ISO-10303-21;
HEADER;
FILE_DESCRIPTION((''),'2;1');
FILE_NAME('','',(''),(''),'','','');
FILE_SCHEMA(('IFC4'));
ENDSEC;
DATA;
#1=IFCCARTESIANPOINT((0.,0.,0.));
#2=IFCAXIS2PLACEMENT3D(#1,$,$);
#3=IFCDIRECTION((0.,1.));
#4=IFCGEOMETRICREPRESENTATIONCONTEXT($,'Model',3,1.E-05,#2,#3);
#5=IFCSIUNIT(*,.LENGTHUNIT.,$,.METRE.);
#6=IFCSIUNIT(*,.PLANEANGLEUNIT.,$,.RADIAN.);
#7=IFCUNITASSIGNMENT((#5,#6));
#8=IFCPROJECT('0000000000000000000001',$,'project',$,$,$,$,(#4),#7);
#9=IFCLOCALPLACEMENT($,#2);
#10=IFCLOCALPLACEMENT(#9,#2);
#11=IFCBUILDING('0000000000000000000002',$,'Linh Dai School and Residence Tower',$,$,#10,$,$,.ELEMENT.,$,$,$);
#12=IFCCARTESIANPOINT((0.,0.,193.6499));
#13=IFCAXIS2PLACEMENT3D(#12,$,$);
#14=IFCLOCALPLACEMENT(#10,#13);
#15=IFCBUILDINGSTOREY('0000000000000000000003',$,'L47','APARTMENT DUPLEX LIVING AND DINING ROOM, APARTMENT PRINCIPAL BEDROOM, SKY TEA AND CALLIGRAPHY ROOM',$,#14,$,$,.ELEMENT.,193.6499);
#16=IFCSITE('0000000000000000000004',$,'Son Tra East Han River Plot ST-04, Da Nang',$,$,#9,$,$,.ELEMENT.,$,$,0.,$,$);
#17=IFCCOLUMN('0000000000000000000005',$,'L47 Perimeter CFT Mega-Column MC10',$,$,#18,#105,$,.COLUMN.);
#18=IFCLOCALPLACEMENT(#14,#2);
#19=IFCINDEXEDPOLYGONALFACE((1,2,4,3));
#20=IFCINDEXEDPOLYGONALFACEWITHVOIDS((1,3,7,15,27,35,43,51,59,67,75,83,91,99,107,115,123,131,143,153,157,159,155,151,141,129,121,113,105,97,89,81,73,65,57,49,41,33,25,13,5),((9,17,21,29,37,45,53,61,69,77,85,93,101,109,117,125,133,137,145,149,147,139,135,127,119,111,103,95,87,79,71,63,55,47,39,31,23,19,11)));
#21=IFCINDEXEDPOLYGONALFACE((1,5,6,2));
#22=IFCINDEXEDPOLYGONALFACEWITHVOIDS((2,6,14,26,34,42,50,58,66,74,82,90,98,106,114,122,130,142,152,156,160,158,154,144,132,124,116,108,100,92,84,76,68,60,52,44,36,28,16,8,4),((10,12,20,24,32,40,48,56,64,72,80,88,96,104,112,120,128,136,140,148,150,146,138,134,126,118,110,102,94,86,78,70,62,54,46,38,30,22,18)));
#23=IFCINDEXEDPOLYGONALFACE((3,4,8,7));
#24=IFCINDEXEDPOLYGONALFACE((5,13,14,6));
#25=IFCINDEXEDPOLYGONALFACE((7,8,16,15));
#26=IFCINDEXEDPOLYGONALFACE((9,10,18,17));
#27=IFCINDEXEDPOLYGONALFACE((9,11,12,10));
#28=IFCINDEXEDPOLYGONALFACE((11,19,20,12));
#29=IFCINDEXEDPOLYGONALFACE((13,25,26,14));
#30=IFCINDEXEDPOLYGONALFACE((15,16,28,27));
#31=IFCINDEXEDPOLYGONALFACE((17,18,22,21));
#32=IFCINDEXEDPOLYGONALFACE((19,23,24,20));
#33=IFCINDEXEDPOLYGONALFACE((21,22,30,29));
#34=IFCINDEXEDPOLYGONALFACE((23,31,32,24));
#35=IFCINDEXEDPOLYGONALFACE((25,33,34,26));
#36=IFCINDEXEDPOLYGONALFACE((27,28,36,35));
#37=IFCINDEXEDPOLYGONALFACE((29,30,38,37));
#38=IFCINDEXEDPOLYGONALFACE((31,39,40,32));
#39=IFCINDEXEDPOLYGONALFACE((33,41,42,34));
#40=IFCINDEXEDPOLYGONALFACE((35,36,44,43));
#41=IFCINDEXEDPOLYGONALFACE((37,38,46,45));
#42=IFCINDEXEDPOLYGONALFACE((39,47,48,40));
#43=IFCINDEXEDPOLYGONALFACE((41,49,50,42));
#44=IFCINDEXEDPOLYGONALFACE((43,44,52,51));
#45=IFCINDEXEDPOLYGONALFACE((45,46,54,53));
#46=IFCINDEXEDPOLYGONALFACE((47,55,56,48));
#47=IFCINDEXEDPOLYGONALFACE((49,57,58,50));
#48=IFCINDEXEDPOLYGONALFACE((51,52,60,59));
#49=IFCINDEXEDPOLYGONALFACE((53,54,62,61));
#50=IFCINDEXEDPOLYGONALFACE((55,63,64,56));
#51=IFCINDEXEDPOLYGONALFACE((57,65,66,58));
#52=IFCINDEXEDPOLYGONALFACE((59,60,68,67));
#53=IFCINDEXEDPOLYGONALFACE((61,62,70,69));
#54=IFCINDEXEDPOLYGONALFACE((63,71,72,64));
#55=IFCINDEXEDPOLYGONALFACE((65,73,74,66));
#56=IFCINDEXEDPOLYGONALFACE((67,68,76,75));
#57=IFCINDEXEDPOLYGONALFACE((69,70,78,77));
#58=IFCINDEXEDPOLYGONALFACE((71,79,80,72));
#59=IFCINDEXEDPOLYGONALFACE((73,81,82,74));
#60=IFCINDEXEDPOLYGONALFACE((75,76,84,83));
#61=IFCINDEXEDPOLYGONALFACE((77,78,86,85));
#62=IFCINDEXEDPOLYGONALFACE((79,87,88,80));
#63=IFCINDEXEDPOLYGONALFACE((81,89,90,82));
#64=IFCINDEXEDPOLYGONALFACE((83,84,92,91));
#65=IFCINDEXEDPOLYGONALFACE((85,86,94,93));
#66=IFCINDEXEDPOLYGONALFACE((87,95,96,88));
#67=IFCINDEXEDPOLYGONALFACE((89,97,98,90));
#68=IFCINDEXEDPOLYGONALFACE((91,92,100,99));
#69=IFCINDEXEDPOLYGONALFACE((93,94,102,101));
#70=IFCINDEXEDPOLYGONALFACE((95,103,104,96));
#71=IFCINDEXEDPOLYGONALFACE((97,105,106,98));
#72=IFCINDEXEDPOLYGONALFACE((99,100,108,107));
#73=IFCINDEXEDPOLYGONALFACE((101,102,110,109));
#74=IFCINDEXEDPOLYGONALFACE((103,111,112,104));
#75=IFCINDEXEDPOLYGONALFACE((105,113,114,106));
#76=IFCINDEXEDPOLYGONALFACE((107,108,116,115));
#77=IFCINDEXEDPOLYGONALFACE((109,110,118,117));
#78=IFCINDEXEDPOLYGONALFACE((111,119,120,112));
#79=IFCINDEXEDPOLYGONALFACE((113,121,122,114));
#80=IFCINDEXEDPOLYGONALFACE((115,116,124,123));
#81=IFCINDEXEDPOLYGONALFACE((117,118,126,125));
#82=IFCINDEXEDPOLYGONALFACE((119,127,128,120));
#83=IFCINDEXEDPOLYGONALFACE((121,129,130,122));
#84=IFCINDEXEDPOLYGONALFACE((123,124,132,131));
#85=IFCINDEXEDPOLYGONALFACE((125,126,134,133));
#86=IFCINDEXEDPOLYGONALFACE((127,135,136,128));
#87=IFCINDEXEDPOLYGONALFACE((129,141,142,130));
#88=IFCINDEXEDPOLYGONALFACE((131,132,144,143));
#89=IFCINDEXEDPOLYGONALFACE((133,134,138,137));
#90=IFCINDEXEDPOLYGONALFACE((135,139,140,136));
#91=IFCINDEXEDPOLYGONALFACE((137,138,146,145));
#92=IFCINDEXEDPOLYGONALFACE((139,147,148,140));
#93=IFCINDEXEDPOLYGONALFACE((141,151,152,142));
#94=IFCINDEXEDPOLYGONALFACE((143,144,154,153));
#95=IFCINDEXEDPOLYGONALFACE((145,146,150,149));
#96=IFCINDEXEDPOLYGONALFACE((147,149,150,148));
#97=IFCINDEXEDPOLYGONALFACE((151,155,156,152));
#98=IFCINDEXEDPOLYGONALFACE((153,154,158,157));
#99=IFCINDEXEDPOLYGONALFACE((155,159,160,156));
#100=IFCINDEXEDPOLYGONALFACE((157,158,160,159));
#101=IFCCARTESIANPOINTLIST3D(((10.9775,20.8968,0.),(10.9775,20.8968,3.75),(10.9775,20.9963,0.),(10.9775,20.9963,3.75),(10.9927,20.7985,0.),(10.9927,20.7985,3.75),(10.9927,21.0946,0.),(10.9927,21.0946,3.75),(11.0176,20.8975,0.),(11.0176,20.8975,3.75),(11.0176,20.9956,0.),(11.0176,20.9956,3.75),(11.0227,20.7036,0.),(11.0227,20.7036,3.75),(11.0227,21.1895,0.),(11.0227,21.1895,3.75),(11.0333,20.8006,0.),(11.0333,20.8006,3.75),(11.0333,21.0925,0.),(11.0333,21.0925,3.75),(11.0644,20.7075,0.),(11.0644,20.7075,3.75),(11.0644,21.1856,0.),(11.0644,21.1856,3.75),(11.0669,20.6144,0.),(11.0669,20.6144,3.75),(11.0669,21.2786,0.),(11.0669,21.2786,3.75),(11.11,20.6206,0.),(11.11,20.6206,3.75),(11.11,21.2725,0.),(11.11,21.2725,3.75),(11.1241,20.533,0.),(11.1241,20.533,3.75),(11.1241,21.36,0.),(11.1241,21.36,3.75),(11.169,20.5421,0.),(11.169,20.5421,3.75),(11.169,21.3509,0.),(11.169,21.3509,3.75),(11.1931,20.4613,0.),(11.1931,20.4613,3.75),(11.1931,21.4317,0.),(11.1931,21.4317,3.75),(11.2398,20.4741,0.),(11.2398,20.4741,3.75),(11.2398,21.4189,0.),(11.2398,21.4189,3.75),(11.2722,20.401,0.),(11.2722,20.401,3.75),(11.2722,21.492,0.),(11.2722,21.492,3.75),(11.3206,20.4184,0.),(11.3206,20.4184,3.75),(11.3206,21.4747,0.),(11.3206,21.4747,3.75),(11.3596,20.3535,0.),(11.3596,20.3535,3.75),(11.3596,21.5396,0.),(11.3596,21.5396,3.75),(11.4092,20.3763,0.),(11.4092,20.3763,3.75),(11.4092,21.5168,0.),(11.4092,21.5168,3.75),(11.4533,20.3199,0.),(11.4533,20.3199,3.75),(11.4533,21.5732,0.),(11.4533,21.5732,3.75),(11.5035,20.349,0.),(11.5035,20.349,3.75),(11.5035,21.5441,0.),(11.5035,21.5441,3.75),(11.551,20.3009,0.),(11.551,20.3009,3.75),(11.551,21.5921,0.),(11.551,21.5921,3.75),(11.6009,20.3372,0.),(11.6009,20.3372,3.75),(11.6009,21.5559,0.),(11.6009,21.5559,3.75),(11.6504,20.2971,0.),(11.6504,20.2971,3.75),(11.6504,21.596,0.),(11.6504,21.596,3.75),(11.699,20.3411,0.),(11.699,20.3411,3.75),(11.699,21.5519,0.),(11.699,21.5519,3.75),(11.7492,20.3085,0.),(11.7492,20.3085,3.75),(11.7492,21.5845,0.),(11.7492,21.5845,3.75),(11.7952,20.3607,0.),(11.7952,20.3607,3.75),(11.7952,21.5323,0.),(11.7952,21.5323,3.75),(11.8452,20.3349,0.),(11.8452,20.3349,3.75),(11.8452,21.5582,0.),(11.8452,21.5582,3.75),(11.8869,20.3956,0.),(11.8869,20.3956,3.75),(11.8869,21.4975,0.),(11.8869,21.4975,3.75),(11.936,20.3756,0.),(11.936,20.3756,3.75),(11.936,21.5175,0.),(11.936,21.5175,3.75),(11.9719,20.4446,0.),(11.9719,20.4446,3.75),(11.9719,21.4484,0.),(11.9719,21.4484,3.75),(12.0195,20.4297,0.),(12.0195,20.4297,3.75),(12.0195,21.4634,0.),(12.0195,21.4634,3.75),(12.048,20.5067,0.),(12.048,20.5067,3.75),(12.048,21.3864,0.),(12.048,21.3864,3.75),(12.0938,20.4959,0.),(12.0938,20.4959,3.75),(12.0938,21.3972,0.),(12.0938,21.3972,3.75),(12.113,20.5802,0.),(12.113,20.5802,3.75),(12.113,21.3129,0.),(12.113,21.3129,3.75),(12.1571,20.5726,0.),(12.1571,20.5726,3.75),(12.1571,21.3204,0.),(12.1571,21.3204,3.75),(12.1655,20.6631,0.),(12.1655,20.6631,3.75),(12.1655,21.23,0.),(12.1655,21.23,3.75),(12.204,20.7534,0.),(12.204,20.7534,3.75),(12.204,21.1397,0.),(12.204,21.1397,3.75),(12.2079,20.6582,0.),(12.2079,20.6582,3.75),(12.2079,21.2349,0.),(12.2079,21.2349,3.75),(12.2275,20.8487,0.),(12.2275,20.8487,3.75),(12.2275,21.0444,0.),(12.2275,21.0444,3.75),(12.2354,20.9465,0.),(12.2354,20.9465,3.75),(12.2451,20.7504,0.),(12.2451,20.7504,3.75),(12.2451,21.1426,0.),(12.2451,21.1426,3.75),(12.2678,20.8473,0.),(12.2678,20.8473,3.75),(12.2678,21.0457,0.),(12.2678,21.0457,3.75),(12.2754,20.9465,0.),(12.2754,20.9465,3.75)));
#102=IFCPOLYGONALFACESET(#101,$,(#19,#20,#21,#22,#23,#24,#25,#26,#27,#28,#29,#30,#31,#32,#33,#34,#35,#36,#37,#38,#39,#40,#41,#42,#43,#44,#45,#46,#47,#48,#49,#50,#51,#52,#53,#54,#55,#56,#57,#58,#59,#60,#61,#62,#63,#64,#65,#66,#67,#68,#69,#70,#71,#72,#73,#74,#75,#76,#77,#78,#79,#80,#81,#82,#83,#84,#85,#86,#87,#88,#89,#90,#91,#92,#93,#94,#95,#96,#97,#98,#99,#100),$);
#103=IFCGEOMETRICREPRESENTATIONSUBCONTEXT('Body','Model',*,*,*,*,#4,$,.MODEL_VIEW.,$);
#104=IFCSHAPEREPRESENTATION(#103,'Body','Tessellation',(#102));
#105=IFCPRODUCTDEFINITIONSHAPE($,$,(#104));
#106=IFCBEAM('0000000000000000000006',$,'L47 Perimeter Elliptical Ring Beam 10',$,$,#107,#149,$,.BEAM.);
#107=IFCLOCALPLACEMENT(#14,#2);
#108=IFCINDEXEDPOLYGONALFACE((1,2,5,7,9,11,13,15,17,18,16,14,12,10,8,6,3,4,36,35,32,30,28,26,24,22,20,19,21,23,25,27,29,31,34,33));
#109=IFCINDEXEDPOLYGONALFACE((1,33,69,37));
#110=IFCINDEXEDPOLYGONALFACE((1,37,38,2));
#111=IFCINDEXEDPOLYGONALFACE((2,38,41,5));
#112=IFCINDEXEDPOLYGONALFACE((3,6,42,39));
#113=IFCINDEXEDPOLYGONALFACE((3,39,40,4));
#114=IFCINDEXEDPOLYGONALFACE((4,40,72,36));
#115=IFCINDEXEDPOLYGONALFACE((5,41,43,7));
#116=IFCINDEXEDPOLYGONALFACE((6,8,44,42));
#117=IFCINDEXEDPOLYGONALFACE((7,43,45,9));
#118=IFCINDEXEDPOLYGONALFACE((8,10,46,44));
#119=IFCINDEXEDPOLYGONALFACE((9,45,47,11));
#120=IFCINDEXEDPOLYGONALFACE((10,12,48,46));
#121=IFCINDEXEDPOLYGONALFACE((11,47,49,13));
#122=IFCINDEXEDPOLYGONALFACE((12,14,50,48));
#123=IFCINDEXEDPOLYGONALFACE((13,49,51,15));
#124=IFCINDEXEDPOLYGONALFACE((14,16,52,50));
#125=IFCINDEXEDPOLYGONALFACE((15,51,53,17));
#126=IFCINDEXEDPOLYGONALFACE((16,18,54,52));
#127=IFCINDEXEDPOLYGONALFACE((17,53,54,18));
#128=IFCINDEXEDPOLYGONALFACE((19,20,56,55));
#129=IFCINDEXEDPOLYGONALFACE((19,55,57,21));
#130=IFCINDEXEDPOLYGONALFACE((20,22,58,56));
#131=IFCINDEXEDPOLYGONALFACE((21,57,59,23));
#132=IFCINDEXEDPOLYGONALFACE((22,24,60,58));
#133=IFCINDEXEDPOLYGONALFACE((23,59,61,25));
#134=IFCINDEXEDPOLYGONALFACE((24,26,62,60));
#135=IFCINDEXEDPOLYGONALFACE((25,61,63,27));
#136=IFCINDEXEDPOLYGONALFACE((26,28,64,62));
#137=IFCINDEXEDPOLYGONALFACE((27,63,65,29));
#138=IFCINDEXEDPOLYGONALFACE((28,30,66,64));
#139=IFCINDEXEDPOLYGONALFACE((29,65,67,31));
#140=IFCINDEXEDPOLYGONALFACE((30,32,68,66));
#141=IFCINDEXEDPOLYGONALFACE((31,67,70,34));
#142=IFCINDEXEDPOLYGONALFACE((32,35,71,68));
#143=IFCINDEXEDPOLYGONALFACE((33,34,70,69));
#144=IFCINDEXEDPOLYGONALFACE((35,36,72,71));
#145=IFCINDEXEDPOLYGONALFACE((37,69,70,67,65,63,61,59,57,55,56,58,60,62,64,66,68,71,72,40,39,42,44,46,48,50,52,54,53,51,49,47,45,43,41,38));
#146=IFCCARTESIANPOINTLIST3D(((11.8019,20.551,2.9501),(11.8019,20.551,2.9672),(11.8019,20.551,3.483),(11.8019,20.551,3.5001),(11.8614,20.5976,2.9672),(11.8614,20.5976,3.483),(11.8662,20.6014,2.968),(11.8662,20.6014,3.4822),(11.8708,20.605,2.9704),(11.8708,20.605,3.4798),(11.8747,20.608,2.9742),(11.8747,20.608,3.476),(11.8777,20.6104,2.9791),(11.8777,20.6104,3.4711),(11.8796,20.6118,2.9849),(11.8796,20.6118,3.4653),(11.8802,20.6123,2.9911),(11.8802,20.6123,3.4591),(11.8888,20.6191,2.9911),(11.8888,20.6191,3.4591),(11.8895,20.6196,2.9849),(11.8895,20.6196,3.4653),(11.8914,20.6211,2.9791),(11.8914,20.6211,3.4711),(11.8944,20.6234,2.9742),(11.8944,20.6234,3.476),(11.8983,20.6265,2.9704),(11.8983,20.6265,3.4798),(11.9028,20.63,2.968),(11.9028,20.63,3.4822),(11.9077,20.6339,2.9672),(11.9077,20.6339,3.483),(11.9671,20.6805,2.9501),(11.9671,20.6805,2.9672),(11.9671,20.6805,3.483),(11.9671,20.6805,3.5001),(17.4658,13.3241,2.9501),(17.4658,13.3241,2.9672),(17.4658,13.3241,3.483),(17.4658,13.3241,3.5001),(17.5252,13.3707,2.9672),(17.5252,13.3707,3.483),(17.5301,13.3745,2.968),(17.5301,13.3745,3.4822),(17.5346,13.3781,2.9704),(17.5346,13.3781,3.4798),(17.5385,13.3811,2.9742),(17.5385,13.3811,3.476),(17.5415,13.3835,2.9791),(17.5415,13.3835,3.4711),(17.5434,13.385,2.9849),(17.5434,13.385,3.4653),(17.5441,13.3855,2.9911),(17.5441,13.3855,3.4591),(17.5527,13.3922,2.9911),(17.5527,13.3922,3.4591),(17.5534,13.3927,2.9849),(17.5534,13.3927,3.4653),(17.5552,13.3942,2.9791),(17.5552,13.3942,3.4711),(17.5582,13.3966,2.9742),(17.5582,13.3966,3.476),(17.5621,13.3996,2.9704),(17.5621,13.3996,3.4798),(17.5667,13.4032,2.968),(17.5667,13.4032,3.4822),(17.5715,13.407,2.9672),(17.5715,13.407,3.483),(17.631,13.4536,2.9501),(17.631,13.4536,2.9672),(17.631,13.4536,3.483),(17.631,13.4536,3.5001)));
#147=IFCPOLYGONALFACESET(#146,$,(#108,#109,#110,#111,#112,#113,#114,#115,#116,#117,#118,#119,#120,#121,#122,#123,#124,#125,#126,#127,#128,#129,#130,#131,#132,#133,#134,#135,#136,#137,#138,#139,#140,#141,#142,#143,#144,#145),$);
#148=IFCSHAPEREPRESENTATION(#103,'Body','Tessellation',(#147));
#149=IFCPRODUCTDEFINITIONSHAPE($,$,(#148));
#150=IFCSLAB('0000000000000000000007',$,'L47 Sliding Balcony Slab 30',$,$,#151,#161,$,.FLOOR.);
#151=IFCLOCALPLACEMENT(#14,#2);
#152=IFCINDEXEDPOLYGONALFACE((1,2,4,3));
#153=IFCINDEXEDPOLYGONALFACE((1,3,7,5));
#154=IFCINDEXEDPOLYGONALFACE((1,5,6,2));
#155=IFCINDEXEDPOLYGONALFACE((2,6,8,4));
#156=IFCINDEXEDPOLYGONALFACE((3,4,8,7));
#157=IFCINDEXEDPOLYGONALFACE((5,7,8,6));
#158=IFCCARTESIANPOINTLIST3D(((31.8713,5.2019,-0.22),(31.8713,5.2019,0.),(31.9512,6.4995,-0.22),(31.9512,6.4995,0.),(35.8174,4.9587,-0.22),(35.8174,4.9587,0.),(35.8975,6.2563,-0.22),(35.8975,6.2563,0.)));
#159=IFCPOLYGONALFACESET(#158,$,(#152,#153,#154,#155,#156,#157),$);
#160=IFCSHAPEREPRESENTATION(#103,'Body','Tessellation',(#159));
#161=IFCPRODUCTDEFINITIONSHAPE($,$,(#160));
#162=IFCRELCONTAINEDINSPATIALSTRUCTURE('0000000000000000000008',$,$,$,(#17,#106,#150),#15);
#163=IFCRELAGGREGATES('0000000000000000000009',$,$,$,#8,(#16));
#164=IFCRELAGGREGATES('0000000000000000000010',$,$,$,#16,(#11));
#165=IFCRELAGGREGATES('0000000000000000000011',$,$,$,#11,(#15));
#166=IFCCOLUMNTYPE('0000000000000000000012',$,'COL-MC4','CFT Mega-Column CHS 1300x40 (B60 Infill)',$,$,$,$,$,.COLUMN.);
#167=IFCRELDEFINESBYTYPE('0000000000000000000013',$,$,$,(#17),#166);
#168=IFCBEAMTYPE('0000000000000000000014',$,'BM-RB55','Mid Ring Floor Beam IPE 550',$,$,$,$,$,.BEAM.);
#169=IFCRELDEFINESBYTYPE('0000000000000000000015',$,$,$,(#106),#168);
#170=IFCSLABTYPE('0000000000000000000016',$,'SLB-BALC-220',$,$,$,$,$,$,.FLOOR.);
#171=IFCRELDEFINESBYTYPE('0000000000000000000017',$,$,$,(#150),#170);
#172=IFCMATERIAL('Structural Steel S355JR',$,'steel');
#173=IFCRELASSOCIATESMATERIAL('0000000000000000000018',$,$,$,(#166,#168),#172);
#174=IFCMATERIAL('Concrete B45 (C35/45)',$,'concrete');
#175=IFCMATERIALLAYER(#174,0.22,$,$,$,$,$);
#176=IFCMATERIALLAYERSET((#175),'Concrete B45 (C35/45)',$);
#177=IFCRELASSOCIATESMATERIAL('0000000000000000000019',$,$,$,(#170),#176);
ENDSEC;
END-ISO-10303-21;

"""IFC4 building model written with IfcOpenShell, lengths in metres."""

from ifc_helpers import new_model, si_unit, direction, frame, origin, origin_2d, place, context, subcontext, project, spatial, polyline, hollow_circle, i_section, outline, extrude, material, layer, layer_set, material_profile, profile_set, type_object, element, save


model = new_model("IFC4")

# Units and contexts
model_context = context("Model", 3, precision=1e-05, world=origin(), true_north=direction((0.0, 1.0)))
body_context = subcontext(model_context, "Body", "Model", "MODEL_VIEW")
ifc_project = project(units=[si_unit("LENGTHUNIT", "METRE"), si_unit("PLANEANGLEUNIT", "RADIAN")], contexts=[model_context])

# Site, building, storey
site_placement = place(None, origin())
site = spatial("IfcSite", under=ifc_project, at=site_placement, Name="Son Tra East Han River Plot ST-04, Da Nang", CompositionType="ELEMENT", RefElevation=0.0)
building_placement = place(site_placement, origin())
building = spatial("IfcBuilding", under=site, at=building_placement, Name="Linh Dai School and Residence Tower", CompositionType="ELEMENT")
storey_placement = place(building_placement, frame((0.0, 0.0, 193.6499)))
storey = spatial("IfcBuildingStorey", under=building, at=storey_placement, Name="L47", Description="APARTMENT DUPLEX LIVING AND DINING ROOM, APARTMENT PRINCIPAL BEDROOM, SKY TEA AND CALLIGRAPHY ROOM", CompositionType="ELEMENT", Elevation=193.6499)

# Column
ifc_material_1 = material(Name="Structural Steel S355JR", Category="steel")
ifc_material_profile_1 = material_profile(ifc_material_1, hollow_circle(Radius=0.6499, WallThickness=0.04, at=origin_2d()), Name="CHS 1300x40")
ifc_profile_set_1 = profile_set([ifc_material_profile_1], Name="Structural Steel S355JR")
column_type = type_object("IfcColumnType", Name="COL-MC4", Description="CFT Mega-Column CHS 1300x40 (B60 Infill)", PredefinedType="COLUMN", material=ifc_profile_set_1)
column_placement = place(storey_placement, frame((11.6255, 20.9465, 0.0), z_axis=(0.0, 0.0, 1.0), x_axis=(1.0, 0.0, 0.0)))
element("IfcColumn", 1, at=column_placement, inside=storey, type_object=column_type, Name="L47 Perimeter CFT Mega-Column MC10", PredefinedType="COLUMN", context=body_context, shape_type="SweptSolid", body=[
    extrude(hollow_circle(Radius=0.6499, WallThickness=0.04, at=origin_2d()), origin(), (0.0, 0.0, 1.0), 3.75),
])

# Beam
ifc_material_profile_2 = material_profile(ifc_material_1, i_section(OverallWidth=0.21, OverallDepth=0.55, WebThickness=0.011, FlangeThickness=0.0171, FilletRadius=0.0239, at=origin_2d()), Name="IPE 550")
ifc_profile_set_2 = profile_set([ifc_material_profile_2], Name="Structural Steel S355JR")
beam_type = type_object("IfcBeamType", Name="BM-RB55", Description="Mid Ring Floor Beam IPE 550", PredefinedType="BEAM", material=ifc_profile_set_2)
beam_placement = place(storey_placement, frame((11.8845, 20.6157, 3.2251), z_axis=(0.616852, -0.787079, 0.0), x_axis=(0.787079, 0.616852, 0.0)))
element("IfcBeam", 2, at=beam_placement, inside=storey, type_object=beam_type, Name="L47 Perimeter Elliptical Ring Beam 10", PredefinedType="BEAM", context=body_context, shape_type="SweptSolid", body=[
    extrude(i_section(OverallWidth=0.21, OverallDepth=0.55, WebThickness=0.011, FlangeThickness=0.0171, FilletRadius=0.0239, at=origin_2d()), origin(), (0.0, 0.0, 1.0), 9.1819),
])

# Slab
ifc_material_2 = material(Name="Concrete B45 (C35/45)", Category="concrete")
ifc_layer_1 = layer(ifc_material_2, 0.22)
ifc_layer_set_1 = layer_set([ifc_layer_1], Name="Concrete B45 (C35/45)")
slab_type_1 = type_object("IfcSlabType", Name="SLB-BALC-220", PredefinedType="FLOOR", material=ifc_layer_set_1)
slab_1_placement = place(storey_placement, frame((0.0, 0.0, -0.22)))
element("IfcSlab", 3, at=slab_1_placement, inside=storey, type_object=slab_type_1, Name="L47 Sliding Balcony Slab 30", PredefinedType="FLOOR", context=body_context, shape_type="SweptSolid", body=[
    extrude(outline(polyline([(35.8975, 6.2563), (31.9512, 6.4995), (31.8713, 5.2019), (35.8174, 4.9587), (35.8975, 6.2563)])), origin(), (0.0, 0.0, 1.0), 0.22),
])

save(model, "model.ifc")
